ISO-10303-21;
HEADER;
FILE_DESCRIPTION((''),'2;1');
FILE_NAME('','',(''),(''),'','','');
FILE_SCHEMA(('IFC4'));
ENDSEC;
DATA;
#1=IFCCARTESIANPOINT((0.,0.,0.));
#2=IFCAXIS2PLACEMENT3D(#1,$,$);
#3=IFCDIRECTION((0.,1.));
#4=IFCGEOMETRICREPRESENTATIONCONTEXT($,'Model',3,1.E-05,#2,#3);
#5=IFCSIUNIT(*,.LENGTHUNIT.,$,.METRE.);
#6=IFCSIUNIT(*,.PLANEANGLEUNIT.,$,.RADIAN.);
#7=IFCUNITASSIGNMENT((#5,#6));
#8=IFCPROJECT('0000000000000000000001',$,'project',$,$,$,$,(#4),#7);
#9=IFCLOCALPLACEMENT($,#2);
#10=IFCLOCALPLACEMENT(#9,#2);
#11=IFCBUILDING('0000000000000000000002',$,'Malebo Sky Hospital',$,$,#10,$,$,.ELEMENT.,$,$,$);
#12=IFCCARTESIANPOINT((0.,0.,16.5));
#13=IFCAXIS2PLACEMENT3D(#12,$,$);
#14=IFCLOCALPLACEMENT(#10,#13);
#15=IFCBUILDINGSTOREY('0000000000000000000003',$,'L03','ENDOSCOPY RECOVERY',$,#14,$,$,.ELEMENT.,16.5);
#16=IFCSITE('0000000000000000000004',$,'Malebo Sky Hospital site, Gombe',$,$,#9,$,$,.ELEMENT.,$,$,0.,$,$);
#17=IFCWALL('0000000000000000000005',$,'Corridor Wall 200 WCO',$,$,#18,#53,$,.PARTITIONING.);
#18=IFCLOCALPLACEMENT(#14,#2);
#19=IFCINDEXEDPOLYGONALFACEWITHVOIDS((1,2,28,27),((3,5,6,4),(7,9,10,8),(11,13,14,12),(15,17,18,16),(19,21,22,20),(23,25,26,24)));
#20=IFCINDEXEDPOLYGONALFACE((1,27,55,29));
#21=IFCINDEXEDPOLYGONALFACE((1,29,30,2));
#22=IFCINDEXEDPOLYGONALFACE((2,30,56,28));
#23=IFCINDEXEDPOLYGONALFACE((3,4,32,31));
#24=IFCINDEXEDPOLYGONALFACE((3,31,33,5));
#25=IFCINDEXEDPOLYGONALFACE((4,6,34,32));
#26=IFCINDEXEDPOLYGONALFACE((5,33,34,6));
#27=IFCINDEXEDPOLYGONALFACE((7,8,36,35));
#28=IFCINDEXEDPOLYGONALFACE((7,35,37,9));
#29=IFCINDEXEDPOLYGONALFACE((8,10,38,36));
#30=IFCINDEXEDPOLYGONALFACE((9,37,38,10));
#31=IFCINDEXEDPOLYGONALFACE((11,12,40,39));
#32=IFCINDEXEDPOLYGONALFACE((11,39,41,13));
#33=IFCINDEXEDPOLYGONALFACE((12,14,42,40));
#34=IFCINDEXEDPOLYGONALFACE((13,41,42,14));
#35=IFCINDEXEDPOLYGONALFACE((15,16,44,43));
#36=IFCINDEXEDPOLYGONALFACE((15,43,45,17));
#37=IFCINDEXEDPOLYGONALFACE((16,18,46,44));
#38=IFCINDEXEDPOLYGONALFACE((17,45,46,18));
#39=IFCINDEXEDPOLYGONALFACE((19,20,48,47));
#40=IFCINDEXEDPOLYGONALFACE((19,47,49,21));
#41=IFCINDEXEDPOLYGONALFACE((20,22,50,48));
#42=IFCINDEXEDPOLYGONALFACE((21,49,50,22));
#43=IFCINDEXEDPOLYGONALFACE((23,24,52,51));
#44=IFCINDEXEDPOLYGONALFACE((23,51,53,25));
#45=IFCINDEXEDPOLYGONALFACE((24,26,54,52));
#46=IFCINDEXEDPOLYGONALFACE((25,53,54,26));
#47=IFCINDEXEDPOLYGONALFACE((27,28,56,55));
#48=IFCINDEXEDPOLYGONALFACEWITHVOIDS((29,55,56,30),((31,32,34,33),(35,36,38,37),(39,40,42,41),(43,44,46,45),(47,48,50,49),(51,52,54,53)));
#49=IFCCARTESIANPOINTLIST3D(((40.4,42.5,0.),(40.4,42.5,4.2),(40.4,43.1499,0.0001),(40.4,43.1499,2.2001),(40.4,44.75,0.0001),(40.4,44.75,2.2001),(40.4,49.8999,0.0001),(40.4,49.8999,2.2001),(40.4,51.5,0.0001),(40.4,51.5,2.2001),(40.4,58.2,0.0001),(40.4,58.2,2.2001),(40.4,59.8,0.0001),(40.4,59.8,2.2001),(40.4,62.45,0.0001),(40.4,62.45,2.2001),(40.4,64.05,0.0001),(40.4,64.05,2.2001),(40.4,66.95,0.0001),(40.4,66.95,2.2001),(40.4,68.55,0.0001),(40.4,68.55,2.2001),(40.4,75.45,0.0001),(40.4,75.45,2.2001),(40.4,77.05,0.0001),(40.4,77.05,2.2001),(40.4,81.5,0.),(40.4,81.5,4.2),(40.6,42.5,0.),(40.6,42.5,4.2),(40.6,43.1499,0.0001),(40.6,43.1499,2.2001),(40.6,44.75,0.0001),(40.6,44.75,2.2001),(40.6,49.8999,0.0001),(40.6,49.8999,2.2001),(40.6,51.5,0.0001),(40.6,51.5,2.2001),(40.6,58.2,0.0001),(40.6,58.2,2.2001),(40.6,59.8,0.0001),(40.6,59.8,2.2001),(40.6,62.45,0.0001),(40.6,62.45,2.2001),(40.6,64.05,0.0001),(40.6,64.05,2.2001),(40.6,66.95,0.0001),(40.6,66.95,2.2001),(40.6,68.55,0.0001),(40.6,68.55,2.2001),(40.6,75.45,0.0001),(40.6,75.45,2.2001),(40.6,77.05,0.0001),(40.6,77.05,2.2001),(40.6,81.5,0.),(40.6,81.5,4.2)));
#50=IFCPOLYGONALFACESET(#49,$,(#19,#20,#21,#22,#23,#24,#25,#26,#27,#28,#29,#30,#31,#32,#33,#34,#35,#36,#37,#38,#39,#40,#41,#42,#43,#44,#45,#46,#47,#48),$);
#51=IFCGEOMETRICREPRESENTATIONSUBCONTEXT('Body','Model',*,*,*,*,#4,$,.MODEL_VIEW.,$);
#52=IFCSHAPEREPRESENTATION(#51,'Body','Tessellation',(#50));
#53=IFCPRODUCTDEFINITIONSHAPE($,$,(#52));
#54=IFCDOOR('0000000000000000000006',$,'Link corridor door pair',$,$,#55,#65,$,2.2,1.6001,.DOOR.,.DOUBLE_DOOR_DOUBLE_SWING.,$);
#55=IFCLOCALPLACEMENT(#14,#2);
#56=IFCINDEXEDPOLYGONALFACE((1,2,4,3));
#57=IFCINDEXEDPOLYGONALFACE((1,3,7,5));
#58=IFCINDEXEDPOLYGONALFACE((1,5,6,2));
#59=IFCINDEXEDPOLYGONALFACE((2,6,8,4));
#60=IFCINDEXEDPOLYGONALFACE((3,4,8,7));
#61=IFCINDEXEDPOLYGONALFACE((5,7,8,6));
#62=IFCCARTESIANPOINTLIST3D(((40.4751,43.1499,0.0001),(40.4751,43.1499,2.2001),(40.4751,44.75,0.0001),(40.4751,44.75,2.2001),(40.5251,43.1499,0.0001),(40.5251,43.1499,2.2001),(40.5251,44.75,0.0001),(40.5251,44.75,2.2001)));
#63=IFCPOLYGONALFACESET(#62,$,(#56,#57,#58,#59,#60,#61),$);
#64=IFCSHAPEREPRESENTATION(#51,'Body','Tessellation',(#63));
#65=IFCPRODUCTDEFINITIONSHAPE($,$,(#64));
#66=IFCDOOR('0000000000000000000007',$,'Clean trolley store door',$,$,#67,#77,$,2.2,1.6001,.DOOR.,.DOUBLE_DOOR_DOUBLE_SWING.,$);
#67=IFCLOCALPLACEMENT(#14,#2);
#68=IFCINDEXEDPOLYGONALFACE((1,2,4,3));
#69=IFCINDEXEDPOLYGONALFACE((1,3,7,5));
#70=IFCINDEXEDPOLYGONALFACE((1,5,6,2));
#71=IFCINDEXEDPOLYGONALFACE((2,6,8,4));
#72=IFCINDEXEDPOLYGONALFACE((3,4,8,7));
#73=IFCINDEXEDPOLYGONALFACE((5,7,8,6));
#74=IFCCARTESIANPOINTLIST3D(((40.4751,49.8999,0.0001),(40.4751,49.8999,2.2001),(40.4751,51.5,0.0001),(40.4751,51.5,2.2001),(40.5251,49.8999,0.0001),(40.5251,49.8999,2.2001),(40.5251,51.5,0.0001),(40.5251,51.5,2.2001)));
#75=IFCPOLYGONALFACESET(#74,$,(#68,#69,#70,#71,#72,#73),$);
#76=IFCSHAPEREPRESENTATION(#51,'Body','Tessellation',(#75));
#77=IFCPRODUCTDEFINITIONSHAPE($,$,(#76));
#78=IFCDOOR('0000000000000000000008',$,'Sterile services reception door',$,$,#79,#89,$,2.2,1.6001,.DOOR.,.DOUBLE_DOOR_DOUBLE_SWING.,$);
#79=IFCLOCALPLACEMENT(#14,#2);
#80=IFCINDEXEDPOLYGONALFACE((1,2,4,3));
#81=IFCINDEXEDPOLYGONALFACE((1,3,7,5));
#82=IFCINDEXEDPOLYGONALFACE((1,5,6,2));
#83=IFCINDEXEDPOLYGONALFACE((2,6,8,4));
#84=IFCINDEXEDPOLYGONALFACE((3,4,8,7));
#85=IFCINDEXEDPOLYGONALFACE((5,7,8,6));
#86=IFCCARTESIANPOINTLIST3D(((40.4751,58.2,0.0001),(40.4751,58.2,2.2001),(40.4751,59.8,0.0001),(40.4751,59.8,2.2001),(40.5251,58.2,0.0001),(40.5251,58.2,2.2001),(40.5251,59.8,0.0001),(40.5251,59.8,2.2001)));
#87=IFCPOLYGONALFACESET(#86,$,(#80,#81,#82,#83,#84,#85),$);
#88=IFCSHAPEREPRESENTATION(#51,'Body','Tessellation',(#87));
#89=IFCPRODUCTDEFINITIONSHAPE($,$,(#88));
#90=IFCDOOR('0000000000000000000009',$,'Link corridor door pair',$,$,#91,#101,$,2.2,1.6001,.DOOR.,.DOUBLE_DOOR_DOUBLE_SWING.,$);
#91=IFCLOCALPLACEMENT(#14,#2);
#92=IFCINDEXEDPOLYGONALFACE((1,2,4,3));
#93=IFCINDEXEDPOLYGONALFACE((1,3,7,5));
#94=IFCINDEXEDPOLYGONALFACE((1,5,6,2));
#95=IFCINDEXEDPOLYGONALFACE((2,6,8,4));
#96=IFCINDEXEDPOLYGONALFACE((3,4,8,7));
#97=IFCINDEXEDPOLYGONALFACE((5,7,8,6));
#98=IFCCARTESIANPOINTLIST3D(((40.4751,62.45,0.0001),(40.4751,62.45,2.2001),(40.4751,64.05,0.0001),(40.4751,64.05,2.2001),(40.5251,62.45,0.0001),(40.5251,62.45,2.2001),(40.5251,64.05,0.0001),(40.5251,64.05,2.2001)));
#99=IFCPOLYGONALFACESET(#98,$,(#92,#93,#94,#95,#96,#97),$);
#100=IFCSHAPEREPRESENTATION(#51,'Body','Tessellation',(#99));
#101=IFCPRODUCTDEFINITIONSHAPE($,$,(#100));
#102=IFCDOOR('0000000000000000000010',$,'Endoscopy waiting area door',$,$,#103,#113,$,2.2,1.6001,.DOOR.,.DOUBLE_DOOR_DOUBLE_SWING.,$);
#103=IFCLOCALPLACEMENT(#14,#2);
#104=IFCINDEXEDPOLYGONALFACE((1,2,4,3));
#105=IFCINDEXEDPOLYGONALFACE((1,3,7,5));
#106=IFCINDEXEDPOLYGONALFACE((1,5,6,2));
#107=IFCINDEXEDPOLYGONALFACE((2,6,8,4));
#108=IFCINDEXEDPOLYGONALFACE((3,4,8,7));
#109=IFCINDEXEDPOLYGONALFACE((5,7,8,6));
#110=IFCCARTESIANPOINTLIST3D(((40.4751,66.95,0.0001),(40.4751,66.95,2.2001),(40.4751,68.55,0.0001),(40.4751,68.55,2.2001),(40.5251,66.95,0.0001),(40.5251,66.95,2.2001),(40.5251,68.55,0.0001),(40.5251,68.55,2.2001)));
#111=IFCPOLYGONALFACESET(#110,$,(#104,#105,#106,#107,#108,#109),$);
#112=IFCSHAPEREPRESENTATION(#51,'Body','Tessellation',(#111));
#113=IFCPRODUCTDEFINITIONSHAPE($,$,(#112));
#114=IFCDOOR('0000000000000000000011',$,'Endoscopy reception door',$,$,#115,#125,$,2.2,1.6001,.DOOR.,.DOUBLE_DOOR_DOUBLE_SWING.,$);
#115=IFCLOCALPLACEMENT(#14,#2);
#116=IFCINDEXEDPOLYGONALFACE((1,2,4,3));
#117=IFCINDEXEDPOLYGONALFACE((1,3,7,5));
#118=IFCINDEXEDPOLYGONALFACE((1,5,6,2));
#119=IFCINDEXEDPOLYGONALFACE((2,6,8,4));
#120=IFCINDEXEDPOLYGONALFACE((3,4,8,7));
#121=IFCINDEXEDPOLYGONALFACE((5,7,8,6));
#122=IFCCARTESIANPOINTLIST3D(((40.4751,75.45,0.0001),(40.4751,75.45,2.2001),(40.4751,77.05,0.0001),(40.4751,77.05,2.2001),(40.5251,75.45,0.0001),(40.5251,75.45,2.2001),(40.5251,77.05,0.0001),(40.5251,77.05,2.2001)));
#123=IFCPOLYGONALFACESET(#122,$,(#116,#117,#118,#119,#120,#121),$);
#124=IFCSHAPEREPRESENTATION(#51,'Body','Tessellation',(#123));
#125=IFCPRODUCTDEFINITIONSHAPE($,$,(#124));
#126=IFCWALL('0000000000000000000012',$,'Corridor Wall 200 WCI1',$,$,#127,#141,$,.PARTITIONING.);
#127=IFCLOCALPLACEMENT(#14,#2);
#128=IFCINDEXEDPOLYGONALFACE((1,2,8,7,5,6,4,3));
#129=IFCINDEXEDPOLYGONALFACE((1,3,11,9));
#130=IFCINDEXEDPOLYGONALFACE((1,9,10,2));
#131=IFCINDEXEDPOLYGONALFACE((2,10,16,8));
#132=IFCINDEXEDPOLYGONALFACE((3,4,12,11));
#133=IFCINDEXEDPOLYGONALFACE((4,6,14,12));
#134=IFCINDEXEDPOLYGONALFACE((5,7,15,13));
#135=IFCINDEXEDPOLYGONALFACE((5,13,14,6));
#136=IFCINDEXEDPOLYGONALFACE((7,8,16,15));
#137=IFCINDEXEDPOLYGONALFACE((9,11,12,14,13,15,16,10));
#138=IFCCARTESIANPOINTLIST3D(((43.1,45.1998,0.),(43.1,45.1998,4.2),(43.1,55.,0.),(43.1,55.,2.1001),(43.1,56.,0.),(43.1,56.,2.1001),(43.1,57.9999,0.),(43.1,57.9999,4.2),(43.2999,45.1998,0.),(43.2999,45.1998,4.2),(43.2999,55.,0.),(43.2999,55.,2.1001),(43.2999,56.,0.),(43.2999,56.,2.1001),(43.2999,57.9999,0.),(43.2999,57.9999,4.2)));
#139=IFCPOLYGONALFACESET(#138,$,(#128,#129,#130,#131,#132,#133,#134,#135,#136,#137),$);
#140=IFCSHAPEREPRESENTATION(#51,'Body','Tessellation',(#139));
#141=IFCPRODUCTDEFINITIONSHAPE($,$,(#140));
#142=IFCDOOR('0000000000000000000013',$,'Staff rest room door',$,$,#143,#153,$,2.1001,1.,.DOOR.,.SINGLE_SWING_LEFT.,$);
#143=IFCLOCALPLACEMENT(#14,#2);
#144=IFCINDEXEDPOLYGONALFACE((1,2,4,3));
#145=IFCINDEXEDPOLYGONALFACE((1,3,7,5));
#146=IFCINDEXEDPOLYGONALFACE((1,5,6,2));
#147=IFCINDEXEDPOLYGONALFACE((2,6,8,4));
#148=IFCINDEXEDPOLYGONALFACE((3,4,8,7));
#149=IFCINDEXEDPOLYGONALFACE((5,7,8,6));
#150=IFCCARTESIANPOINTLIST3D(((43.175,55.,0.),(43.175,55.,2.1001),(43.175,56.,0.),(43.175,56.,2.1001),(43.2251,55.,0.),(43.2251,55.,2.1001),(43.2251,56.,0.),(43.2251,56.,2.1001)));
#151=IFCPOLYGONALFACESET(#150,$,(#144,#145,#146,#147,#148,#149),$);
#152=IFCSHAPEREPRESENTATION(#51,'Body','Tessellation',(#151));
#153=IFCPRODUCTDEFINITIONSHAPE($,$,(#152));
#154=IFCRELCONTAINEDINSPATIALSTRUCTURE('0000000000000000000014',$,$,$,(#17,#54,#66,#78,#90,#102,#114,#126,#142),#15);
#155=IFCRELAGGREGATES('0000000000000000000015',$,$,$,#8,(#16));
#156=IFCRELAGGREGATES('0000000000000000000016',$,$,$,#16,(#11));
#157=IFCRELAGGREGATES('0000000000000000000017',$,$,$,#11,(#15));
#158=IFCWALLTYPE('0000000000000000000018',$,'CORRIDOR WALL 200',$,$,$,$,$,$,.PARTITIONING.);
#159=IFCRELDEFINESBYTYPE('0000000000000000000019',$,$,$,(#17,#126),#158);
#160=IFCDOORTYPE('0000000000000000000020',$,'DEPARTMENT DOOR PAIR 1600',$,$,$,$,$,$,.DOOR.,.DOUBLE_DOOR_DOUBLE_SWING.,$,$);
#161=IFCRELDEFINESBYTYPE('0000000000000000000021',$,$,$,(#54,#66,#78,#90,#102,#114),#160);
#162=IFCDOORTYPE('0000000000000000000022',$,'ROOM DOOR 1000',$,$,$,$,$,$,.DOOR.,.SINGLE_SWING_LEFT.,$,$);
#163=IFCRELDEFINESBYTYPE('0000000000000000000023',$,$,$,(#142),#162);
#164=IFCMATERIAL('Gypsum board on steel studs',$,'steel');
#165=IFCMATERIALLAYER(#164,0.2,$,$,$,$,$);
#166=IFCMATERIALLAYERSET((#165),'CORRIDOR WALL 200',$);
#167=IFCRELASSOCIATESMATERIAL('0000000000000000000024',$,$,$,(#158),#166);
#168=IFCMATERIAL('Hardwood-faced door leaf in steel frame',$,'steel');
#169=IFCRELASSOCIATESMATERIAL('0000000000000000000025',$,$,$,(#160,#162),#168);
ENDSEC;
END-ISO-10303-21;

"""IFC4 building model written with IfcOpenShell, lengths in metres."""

from ifc_helpers import new_model, si_unit, direction, frame, frame_2d, origin, place, context, subcontext, project, spatial, rectangle, extrude, material, layer, layer_set, type_object, element, fill, save


model = new_model("IFC4")

# Units and contexts
model_context = context("Model", 3, precision=1e-05, world=origin(), true_north=direction((0.0, 1.0)))
body_context = subcontext(model_context, "Body", "Model", "MODEL_VIEW")
ifc_project = project(units=[si_unit("LENGTHUNIT", "METRE"), si_unit("PLANEANGLEUNIT", "RADIAN")], contexts=[model_context])

# Site, building, storey
site_placement = place(None, origin())
site = spatial("IfcSite", under=ifc_project, at=site_placement, Name="Malebo Sky Hospital site, Gombe", CompositionType="ELEMENT", RefElevation=0.0)
building_placement = place(site_placement, origin())
building = spatial("IfcBuilding", under=site, at=building_placement, Name="Malebo Sky Hospital", CompositionType="ELEMENT")
storey_placement = place(building_placement, frame((0.0, 0.0, 16.5)))
storey = spatial("IfcBuildingStorey", under=building, at=storey_placement, Name="L03", Description="ENDOSCOPY RECOVERY", CompositionType="ELEMENT", Elevation=16.5)

# Wall, openings, doors
ifc_material_1 = material(Name="Gypsum board on steel studs", Category="steel")
ifc_layer_1 = layer(ifc_material_1, 0.2)
ifc_layer_set_1 = layer_set([ifc_layer_1], Name="CORRIDOR WALL 200")
wall_type_1 = type_object("IfcWallType", Name="CORRIDOR WALL 200", PredefinedType="PARTITIONING", material=ifc_layer_set_1)
wall_1_placement = place(storey_placement, frame((40.5, 42.5, 0.0), z_axis=(0.0, 0.0, 1.0), x_axis=(0.0, 1.0, 0.0)))
wall_1 = element("IfcWall", 1, at=wall_1_placement, inside=storey, type_object=wall_type_1, Name="Corridor Wall 200 WCO", PredefinedType="PARTITIONING", context=body_context, shape_type="SweptSolid", body=[
    extrude(rectangle(XDim=39.0, YDim=0.2, at=frame_2d((19.5, 0.0))), origin(), (0.0, 0.0, 1.0), 4.2),
])
opening_1_placement = place(wall_1_placement, frame((0.6499, 0.0, 0.0)))
opening_1 = element("IfcOpeningElement", 2, at=opening_1_placement, cuts=wall_1, PredefinedType="OPENING", context=body_context, shape_type="SweptSolid", body=[
    extrude(rectangle(XDim=1.6001, YDim=2.2, at=frame_2d((0.8, 1.1001))), frame((0.0, 0.1099, 0.0), z_axis=(0.0, -1.0, 0.0), x_axis=(1.0, 0.0, 0.0)), (0.0, 0.0, 1.0), 0.22),
])
opening_2_placement = place(wall_1_placement, frame((7.3999, 0.0, 0.0)))
opening_2 = element("IfcOpeningElement", 3, at=opening_2_placement, cuts=wall_1, PredefinedType="OPENING", context=body_context, shape_type="SweptSolid", body=[
    extrude(rectangle(XDim=1.6001, YDim=2.2, at=frame_2d((0.8, 1.1001))), frame((0.0, 0.1099, 0.0), z_axis=(0.0, -1.0, 0.0), x_axis=(1.0, 0.0, 0.0)), (0.0, 0.0, 1.0), 0.22),
])
opening_3_placement = place(wall_1_placement, frame((15.7, 0.0, 0.0)))
opening_3 = element("IfcOpeningElement", 4, at=opening_3_placement, cuts=wall_1, PredefinedType="OPENING", context=body_context, shape_type="SweptSolid", body=[
    extrude(rectangle(XDim=1.6001, YDim=2.2, at=frame_2d((0.8, 1.1001))), frame((0.0, 0.1099, 0.0), z_axis=(0.0, -1.0, 0.0), x_axis=(1.0, 0.0, 0.0)), (0.0, 0.0, 1.0), 0.22),
])
opening_4_placement = place(wall_1_placement, frame((19.95, 0.0, 0.0)))
opening_4 = element("IfcOpeningElement", 5, at=opening_4_placement, cuts=wall_1, PredefinedType="OPENING", context=body_context, shape_type="SweptSolid", body=[
    extrude(rectangle(XDim=1.6001, YDim=2.2, at=frame_2d((0.8, 1.1001))), frame((0.0, 0.1099, 0.0), z_axis=(0.0, -1.0, 0.0), x_axis=(1.0, 0.0, 0.0)), (0.0, 0.0, 1.0), 0.22),
])
opening_5_placement = place(wall_1_placement, frame((24.45, 0.0, 0.0)))
opening_5 = element("IfcOpeningElement", 6, at=opening_5_placement, cuts=wall_1, PredefinedType="OPENING", context=body_context, shape_type="SweptSolid", body=[
    extrude(rectangle(XDim=1.6001, YDim=2.2, at=frame_2d((0.8, 1.1001))), frame((0.0, 0.1099, 0.0), z_axis=(0.0, -1.0, 0.0), x_axis=(1.0, 0.0, 0.0)), (0.0, 0.0, 1.0), 0.22),
])
opening_6_placement = place(wall_1_placement, frame((32.95, 0.0, 0.0)))
opening_6 = element("IfcOpeningElement", 7, at=opening_6_placement, cuts=wall_1, PredefinedType="OPENING", context=body_context, shape_type="SweptSolid", body=[
    extrude(rectangle(XDim=1.6001, YDim=2.2, at=frame_2d((0.8, 1.1001))), frame((0.0, 0.1099, 0.0), z_axis=(0.0, -1.0, 0.0), x_axis=(1.0, 0.0, 0.0)), (0.0, 0.0, 1.0), 0.22),
])
ifc_material_2 = material(Name="Hardwood-faced door leaf in steel frame", Category="steel")
door_type_1 = type_object("IfcDoorType", Name="DEPARTMENT DOOR PAIR 1600", OperationType="DOUBLE_DOOR_DOUBLE_SWING", PredefinedType="DOOR", material=ifc_material_2)
door_1_placement = place(opening_1_placement, origin())
door_1 = element("IfcDoor", 8, at=door_1_placement, inside=storey, type_object=door_type_1, Name="Link corridor door pair", OperationType="DOUBLE_DOOR_DOUBLE_SWING", OverallHeight=2.2, OverallWidth=1.6001, PredefinedType="DOOR", context=body_context, shape_type="SweptSolid", body=[
    extrude(rectangle(XDim=1.6001, YDim=2.2, at=frame_2d((0.8, 1.1001))), frame((0.0, 0.0249, 0.0), z_axis=(0.0, -1.0, 0.0), x_axis=(1.0, 0.0, 0.0)), (0.0, 0.0, 1.0), 0.05),
])
fill(opening_1, door_1)
door_2_placement = place(opening_2_placement, origin())
door_2 = element("IfcDoor", 9, at=door_2_placement, inside=storey, type_object=door_type_1, Name="Clean trolley store door", OperationType="DOUBLE_DOOR_DOUBLE_SWING", OverallHeight=2.2, OverallWidth=1.6001, PredefinedType="DOOR", context=body_context, shape_type="SweptSolid", body=[
    extrude(rectangle(XDim=1.6001, YDim=2.2, at=frame_2d((0.8, 1.1001))), frame((0.0, 0.0249, 0.0), z_axis=(0.0, -1.0, 0.0), x_axis=(1.0, 0.0, 0.0)), (0.0, 0.0, 1.0), 0.05),
])
fill(opening_2, door_2)
door_3_placement = place(opening_3_placement, origin())
door_3 = element("IfcDoor", 10, at=door_3_placement, inside=storey, type_object=door_type_1, Name="Sterile services reception door", OperationType="DOUBLE_DOOR_DOUBLE_SWING", OverallHeight=2.2, OverallWidth=1.6001, PredefinedType="DOOR", context=body_context, shape_type="SweptSolid", body=[
    extrude(rectangle(XDim=1.6001, YDim=2.2, at=frame_2d((0.8, 1.1001))), frame((0.0, 0.0249, 0.0), z_axis=(0.0, -1.0, 0.0), x_axis=(1.0, 0.0, 0.0)), (0.0, 0.0, 1.0), 0.05),
])
fill(opening_3, door_3)
door_4_placement = place(opening_4_placement, origin())
door_4 = element("IfcDoor", 11, at=door_4_placement, inside=storey, type_object=door_type_1, Name="Link corridor door pair", OperationType="DOUBLE_DOOR_DOUBLE_SWING", OverallHeight=2.2, OverallWidth=1.6001, PredefinedType="DOOR", context=body_context, shape_type="SweptSolid", body=[
    extrude(rectangle(XDim=1.6001, YDim=2.2, at=frame_2d((0.8, 1.1001))), frame((0.0, 0.0249, 0.0), z_axis=(0.0, -1.0, 0.0), x_axis=(1.0, 0.0, 0.0)), (0.0, 0.0, 1.0), 0.05),
])
fill(opening_4, door_4)
door_5_placement = place(opening_5_placement, origin())
door_5 = element("IfcDoor", 12, at=door_5_placement, inside=storey, type_object=door_type_1, Name="Endoscopy waiting area door", OperationType="DOUBLE_DOOR_DOUBLE_SWING", OverallHeight=2.2, OverallWidth=1.6001, PredefinedType="DOOR", context=body_context, shape_type="SweptSolid", body=[
    extrude(rectangle(XDim=1.6001, YDim=2.2, at=frame_2d((0.8, 1.1001))), frame((0.0, 0.0249, 0.0), z_axis=(0.0, -1.0, 0.0), x_axis=(1.0, 0.0, 0.0)), (0.0, 0.0, 1.0), 0.05),
])
fill(opening_5, door_5)
door_6_placement = place(opening_6_placement, origin())
door_6 = element("IfcDoor", 13, at=door_6_placement, inside=storey, type_object=door_type_1, Name="Endoscopy reception door", OperationType="DOUBLE_DOOR_DOUBLE_SWING", OverallHeight=2.2, OverallWidth=1.6001, PredefinedType="DOOR", context=body_context, shape_type="SweptSolid", body=[
    extrude(rectangle(XDim=1.6001, YDim=2.2, at=frame_2d((0.8, 1.1001))), frame((0.0, 0.0249, 0.0), z_axis=(0.0, -1.0, 0.0), x_axis=(1.0, 0.0, 0.0)), (0.0, 0.0, 1.0), 0.05),
])
fill(opening_6, door_6)

# Wall, opening, door
wall_2_placement = place(storey_placement, frame((43.2, 45.2, 0.0), z_axis=(0.0, 0.0, 1.0), x_axis=(0.0, 1.0, 0.0)))
wall_2 = element("IfcWall", 14, at=wall_2_placement, inside=storey, type_object=wall_type_1, Name="Corridor Wall 200 WCI1", PredefinedType="PARTITIONING", context=body_context, shape_type="SweptSolid", body=[
    extrude(rectangle(XDim=12.8, YDim=0.2, at=frame_2d((6.3999, 0.0))), origin(), (0.0, 0.0, 1.0), 4.2),
])
opening_7_placement = place(wall_2_placement, frame((9.8, 0.0, 0.0)))
opening_7 = element("IfcOpeningElement", 15, at=opening_7_placement, cuts=wall_2, PredefinedType="OPENING", context=body_context, shape_type="SweptSolid", body=[
    extrude(rectangle(XDim=1.0, YDim=2.1001, at=frame_2d((0.5, 1.05))), frame((0.0, 0.1099, 0.0), z_axis=(0.0, -1.0, 0.0), x_axis=(1.0, 0.0, 0.0)), (0.0, 0.0, 1.0), 0.22),
])
door_type_2 = type_object("IfcDoorType", Name="ROOM DOOR 1000", OperationType="SINGLE_SWING_LEFT", PredefinedType="DOOR", material=ifc_material_2)
door_7_placement = place(opening_7_placement, origin())
door_7 = element("IfcDoor", 16, at=door_7_placement, inside=storey, type_object=door_type_2, Name="Staff rest room door", OperationType="SINGLE_SWING_LEFT", OverallHeight=2.1001, OverallWidth=1.0, PredefinedType="DOOR", context=body_context, shape_type="SweptSolid", body=[
    extrude(rectangle(XDim=1.0, YDim=2.1001, at=frame_2d((0.5, 1.05))), frame((0.0, 0.0249, 0.0), z_axis=(0.0, -1.0, 0.0), x_axis=(1.0, 0.0, 0.0)), (0.0, 0.0, 1.0), 0.05),
])
fill(opening_7, door_7)

save(model, "model.ifc")
